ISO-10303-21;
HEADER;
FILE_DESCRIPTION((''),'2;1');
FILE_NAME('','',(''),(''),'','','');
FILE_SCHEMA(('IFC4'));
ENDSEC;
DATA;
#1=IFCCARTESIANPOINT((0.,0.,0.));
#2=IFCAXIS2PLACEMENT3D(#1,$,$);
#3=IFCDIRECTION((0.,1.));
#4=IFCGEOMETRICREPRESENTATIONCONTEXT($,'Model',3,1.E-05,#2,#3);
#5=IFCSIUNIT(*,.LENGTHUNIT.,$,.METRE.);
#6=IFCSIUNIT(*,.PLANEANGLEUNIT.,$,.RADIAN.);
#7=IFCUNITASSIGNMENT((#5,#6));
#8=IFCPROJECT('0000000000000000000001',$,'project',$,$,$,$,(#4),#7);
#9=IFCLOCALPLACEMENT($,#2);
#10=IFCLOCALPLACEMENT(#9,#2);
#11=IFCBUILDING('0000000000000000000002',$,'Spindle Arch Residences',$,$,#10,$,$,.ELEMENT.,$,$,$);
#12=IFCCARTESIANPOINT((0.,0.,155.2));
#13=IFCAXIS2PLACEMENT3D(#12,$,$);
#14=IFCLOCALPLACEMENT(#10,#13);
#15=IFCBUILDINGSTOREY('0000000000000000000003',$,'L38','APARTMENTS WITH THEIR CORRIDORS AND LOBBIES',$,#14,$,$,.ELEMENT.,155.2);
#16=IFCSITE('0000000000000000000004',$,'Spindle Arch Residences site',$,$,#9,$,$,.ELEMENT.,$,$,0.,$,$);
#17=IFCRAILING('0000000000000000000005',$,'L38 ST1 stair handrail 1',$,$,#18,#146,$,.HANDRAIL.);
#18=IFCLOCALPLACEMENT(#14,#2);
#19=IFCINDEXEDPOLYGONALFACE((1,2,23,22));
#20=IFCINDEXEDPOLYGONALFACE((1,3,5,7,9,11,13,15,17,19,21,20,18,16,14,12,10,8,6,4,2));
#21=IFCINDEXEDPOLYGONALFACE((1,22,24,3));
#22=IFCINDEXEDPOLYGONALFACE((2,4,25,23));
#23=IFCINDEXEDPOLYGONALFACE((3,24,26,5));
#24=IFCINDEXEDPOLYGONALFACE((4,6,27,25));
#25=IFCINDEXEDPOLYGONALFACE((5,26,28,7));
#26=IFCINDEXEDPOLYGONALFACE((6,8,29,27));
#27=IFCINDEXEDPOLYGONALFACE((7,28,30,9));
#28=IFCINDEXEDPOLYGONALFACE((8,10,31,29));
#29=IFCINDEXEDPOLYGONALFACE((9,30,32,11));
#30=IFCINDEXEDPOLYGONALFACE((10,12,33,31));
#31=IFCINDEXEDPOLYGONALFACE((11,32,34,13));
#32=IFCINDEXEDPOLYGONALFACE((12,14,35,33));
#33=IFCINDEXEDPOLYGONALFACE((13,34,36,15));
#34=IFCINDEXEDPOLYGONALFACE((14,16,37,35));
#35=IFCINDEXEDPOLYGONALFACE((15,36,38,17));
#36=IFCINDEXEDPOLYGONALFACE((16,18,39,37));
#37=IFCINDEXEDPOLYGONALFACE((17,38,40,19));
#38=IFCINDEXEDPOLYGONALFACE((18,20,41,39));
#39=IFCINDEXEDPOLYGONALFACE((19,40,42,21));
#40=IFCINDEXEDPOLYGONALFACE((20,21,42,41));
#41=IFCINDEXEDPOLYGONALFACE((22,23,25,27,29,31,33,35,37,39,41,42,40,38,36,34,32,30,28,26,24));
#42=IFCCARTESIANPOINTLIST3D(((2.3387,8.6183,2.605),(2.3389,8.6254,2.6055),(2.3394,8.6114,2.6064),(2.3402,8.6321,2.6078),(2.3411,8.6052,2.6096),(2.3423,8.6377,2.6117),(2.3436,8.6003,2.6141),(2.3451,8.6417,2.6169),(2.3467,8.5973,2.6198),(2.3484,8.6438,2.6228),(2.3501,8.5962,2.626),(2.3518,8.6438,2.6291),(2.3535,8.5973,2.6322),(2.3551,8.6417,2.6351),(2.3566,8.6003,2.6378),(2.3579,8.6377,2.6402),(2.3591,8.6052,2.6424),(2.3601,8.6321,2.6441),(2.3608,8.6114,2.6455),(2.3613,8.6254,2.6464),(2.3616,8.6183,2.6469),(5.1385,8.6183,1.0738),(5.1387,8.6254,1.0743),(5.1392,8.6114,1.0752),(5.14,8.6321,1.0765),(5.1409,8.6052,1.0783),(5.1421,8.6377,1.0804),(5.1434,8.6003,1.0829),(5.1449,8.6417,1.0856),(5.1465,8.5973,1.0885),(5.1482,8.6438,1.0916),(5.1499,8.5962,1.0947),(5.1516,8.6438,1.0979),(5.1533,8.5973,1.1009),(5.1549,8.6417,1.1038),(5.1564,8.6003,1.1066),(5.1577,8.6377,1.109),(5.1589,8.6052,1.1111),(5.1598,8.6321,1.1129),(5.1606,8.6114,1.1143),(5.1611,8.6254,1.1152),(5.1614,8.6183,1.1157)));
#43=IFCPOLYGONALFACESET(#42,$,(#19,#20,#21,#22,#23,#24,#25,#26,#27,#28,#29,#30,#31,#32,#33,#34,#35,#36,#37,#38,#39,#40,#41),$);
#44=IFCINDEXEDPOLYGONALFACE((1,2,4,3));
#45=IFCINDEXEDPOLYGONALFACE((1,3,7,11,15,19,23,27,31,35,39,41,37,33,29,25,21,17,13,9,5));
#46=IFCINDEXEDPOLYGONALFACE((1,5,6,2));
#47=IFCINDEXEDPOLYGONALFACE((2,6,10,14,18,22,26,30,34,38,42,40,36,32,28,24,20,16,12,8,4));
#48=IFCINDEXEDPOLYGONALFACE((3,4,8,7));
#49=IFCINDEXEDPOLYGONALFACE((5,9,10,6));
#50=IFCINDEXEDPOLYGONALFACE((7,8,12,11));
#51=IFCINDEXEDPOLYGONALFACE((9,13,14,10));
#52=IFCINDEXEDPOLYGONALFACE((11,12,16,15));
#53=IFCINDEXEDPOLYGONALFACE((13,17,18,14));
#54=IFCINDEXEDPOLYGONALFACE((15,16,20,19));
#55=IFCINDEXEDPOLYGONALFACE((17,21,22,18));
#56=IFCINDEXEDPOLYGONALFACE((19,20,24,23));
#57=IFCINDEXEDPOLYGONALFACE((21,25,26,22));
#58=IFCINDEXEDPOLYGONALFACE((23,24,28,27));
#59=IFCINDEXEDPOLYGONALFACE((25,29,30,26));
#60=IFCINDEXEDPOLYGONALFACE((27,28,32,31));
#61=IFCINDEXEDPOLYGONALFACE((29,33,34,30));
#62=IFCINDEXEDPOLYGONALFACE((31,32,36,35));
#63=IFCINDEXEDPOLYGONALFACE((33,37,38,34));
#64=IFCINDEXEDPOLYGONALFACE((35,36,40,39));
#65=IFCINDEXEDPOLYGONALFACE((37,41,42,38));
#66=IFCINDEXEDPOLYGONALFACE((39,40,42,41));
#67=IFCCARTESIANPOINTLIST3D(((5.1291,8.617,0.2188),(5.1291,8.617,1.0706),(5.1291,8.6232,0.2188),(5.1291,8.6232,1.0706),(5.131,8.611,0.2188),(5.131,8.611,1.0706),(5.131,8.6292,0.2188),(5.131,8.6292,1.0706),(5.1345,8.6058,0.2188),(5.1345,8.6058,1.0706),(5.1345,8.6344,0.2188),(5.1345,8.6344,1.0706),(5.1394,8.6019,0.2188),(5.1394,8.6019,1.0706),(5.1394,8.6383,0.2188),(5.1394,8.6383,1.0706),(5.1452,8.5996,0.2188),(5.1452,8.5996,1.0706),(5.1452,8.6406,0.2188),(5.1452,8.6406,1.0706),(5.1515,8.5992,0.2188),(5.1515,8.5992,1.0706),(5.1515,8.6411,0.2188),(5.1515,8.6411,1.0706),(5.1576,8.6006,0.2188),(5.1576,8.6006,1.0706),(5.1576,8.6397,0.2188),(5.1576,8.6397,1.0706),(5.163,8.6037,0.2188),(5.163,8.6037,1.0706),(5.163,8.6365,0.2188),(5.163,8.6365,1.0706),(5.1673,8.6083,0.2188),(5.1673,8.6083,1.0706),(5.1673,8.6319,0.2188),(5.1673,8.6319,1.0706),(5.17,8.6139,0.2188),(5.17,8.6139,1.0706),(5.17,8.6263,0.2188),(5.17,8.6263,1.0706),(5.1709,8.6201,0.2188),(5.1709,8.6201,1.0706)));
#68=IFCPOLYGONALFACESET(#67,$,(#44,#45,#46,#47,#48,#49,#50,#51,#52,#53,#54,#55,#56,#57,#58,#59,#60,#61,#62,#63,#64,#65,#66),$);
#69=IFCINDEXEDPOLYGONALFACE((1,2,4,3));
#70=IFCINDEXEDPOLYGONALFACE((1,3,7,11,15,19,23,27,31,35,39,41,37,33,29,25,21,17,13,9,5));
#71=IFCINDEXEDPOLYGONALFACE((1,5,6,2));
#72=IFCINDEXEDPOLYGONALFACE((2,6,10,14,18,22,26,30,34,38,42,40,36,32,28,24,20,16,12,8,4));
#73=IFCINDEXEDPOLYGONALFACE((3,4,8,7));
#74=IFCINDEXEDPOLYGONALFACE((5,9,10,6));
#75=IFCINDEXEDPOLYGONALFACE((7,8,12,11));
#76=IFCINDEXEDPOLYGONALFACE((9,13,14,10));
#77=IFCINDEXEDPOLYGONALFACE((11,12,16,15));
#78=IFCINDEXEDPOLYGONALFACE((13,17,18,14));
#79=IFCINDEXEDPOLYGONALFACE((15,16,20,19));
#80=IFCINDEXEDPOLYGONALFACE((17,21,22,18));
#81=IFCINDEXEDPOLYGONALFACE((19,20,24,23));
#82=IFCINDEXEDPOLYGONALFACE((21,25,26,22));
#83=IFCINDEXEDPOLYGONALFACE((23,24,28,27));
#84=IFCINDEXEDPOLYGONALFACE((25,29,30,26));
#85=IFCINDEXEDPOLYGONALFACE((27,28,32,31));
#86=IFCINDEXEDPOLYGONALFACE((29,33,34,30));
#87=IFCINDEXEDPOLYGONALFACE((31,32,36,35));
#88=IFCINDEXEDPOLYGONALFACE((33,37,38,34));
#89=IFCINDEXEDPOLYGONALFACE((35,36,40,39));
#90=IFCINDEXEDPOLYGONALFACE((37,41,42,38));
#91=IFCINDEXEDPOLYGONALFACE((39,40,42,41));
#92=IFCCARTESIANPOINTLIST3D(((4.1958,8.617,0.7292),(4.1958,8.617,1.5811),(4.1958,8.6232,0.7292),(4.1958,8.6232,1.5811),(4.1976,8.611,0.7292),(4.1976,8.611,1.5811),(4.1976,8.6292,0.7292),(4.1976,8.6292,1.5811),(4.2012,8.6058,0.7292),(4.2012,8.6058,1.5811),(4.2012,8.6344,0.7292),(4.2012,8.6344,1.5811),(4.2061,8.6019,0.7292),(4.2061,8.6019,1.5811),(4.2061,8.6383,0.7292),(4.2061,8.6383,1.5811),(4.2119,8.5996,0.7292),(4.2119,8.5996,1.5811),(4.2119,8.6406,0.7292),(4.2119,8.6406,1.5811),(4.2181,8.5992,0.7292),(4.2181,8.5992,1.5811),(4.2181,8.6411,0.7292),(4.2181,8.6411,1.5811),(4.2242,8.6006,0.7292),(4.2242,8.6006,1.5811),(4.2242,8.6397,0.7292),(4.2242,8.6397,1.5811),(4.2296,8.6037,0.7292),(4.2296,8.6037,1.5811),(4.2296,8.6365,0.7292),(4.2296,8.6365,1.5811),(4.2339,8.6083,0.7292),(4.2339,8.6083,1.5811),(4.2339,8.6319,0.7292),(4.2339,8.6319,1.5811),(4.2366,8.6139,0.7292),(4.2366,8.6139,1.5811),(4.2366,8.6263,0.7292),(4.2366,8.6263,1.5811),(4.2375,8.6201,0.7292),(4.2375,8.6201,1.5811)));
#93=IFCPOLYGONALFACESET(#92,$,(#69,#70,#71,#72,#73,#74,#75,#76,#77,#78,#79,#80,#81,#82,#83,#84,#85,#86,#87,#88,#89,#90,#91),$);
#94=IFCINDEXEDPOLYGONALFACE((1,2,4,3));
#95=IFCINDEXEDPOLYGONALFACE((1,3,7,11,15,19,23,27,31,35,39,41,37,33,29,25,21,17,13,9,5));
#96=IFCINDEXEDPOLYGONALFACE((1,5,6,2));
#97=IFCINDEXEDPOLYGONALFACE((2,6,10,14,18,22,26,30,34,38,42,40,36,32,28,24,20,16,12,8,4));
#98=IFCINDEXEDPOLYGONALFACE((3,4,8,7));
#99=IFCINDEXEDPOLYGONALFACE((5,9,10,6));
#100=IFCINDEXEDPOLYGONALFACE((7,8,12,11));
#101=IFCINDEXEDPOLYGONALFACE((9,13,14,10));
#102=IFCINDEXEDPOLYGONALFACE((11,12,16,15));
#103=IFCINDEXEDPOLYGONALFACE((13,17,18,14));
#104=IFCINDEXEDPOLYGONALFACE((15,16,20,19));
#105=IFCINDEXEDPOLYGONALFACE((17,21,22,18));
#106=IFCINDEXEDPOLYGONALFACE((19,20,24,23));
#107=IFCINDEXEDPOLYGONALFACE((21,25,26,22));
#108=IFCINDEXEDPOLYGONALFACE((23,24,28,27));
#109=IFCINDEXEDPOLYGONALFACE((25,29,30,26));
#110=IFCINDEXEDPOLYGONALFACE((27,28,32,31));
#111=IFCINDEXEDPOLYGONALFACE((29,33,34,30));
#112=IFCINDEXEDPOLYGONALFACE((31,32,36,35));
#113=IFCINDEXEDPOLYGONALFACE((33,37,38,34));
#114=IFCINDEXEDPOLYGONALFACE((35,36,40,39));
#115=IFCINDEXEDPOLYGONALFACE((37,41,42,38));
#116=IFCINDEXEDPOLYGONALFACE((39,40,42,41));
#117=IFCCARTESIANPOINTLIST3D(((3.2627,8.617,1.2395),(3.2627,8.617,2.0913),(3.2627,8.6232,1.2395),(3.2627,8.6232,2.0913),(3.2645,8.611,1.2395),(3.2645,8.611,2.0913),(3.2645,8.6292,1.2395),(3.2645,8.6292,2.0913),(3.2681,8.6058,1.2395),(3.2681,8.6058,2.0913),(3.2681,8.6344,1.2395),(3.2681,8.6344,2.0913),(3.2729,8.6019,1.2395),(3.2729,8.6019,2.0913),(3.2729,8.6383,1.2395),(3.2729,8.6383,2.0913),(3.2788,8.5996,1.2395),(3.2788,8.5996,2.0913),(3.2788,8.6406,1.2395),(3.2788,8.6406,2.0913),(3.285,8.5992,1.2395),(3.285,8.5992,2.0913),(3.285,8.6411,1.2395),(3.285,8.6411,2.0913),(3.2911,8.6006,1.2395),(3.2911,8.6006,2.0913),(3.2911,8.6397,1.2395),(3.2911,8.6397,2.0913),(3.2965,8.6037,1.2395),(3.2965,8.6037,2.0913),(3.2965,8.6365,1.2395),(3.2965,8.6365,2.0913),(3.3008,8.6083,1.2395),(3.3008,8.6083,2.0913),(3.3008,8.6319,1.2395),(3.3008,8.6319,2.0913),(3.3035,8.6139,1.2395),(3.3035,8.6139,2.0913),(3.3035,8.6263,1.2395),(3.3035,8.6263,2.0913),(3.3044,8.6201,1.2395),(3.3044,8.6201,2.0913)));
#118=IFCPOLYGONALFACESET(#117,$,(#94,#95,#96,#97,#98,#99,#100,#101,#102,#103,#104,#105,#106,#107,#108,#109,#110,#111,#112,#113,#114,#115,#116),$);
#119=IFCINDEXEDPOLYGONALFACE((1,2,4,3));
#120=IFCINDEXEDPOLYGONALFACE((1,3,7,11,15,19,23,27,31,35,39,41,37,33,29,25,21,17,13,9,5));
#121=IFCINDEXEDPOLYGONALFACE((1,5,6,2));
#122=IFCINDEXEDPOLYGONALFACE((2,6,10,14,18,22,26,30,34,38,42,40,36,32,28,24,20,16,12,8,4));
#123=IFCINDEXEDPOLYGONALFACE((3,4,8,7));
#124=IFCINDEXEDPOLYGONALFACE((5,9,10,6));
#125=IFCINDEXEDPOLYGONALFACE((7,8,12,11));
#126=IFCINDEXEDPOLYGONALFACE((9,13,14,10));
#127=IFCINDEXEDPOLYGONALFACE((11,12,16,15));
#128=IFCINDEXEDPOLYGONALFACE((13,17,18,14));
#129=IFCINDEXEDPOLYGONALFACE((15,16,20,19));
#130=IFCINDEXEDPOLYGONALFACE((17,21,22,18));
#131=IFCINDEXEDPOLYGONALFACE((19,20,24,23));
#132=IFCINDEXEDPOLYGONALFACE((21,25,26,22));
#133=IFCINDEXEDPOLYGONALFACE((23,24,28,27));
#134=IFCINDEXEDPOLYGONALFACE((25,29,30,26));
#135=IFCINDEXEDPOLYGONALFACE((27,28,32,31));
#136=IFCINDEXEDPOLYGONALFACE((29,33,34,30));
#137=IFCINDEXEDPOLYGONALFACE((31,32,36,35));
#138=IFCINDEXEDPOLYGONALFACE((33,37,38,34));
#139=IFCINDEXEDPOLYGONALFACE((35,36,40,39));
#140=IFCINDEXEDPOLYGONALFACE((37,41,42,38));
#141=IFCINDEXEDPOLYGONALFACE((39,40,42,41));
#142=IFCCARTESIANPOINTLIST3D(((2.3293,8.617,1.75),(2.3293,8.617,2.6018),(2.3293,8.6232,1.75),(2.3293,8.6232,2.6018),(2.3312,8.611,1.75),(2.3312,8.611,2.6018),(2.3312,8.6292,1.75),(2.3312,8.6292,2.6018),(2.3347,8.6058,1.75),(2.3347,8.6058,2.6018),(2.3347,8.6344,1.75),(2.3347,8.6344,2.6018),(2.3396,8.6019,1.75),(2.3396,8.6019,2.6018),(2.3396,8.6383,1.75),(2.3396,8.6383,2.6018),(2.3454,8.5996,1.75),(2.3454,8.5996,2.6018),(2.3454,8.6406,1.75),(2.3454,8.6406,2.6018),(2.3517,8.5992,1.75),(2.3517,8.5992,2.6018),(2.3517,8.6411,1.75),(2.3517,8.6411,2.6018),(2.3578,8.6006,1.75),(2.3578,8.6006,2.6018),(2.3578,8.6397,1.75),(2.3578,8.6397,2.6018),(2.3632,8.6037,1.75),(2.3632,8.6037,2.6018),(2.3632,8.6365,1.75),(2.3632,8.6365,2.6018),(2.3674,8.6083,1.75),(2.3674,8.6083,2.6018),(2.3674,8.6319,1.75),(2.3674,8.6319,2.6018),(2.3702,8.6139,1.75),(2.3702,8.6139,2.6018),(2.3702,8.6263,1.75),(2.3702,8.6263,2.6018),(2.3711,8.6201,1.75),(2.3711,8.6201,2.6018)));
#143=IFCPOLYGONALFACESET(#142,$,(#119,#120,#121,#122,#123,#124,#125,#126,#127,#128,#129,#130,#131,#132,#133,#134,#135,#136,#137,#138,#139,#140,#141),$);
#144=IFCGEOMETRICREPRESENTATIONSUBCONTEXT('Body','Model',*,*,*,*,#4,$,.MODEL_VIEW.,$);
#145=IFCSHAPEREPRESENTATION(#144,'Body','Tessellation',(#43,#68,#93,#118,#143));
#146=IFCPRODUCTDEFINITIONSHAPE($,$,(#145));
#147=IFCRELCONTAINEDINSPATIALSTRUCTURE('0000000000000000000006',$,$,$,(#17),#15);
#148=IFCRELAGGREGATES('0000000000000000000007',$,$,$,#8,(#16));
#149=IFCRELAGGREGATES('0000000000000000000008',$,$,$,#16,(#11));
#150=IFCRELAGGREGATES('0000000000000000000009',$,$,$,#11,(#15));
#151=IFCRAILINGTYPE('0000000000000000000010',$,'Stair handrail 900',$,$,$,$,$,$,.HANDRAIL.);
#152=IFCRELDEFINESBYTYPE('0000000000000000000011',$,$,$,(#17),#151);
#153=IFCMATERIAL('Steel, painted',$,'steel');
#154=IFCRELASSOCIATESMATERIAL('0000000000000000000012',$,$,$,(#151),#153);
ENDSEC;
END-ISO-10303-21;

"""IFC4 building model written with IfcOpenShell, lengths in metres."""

from ifc_helpers import new_model, si_unit, direction, frame, origin, origin_2d, place, context, subcontext, project, spatial, circle, extrude, material, type_object, element, save


model = new_model("IFC4")

# Units and contexts
model_context = context("Model", 3, precision=1e-05, world=origin(), true_north=direction((0.0, 1.0)))
body_context = subcontext(model_context, "Body", "Model", "MODEL_VIEW")
ifc_project = project(units=[si_unit("LENGTHUNIT", "METRE"), si_unit("PLANEANGLEUNIT", "RADIAN")], contexts=[model_context])

# Site, building, storey
site_placement = place(None, origin())
site = spatial("IfcSite", under=ifc_project, at=site_placement, Name="Spindle Arch Residences site", CompositionType="ELEMENT", RefElevation=0.0)
building_placement = place(site_placement, origin())
building = spatial("IfcBuilding", under=site, at=building_placement, Name="Spindle Arch Residences", CompositionType="ELEMENT")
storey_placement = place(building_placement, frame((0.0, 0.0, 155.2)))
storey = spatial("IfcBuildingStorey", under=building, at=storey_placement, Name="L38", Description="APARTMENTS WITH THEIR CORRIDORS AND LOBBIES", CompositionType="ELEMENT", Elevation=155.2)

# Railing
ifc_material_1 = material(Name="Steel, painted", Category="steel")
railing_type_1 = type_object("IfcRailingType", Name="Stair handrail 900", PredefinedType="HANDRAIL", material=ifc_material_1)
railing_1_placement = place(storey_placement, frame((5.1499, 8.6201, 0.2188)))
element("IfcRailing", 1, at=railing_1_placement, inside=storey, type_object=railing_type_1, Name="L38 ST1 stair handrail 1", PredefinedType="HANDRAIL", context=body_context, shape_type="SweptSolid", body=[
    extrude(circle(Radius=0.0239, at=origin_2d()), frame((0.0, 0.0, 0.876), z_axis=(-0.877357, 0.0, 0.479838), x_axis=(0.0, -1.0, 0.0)), (0.0, 0.0, 1.0), 3.1912),
    extrude(circle(Radius=0.021, at=origin_2d()), origin(), (0.0, 0.0, 1.0), 0.8518),
    extrude(circle(Radius=0.021, at=origin_2d()), frame((-0.9333, 0.0, 0.5105)), (0.0, 0.0, 1.0), 0.8518),
    extrude(circle(Radius=0.021, at=origin_2d()), frame((-1.8665, 0.0, 1.0208)), (0.0, 0.0, 1.0), 0.8518),
    extrude(circle(Radius=0.021, at=origin_2d()), frame((-2.7998, 0.0, 1.5312)), (0.0, 0.0, 1.0), 0.8518),
])

save(model, "model.ifc")
